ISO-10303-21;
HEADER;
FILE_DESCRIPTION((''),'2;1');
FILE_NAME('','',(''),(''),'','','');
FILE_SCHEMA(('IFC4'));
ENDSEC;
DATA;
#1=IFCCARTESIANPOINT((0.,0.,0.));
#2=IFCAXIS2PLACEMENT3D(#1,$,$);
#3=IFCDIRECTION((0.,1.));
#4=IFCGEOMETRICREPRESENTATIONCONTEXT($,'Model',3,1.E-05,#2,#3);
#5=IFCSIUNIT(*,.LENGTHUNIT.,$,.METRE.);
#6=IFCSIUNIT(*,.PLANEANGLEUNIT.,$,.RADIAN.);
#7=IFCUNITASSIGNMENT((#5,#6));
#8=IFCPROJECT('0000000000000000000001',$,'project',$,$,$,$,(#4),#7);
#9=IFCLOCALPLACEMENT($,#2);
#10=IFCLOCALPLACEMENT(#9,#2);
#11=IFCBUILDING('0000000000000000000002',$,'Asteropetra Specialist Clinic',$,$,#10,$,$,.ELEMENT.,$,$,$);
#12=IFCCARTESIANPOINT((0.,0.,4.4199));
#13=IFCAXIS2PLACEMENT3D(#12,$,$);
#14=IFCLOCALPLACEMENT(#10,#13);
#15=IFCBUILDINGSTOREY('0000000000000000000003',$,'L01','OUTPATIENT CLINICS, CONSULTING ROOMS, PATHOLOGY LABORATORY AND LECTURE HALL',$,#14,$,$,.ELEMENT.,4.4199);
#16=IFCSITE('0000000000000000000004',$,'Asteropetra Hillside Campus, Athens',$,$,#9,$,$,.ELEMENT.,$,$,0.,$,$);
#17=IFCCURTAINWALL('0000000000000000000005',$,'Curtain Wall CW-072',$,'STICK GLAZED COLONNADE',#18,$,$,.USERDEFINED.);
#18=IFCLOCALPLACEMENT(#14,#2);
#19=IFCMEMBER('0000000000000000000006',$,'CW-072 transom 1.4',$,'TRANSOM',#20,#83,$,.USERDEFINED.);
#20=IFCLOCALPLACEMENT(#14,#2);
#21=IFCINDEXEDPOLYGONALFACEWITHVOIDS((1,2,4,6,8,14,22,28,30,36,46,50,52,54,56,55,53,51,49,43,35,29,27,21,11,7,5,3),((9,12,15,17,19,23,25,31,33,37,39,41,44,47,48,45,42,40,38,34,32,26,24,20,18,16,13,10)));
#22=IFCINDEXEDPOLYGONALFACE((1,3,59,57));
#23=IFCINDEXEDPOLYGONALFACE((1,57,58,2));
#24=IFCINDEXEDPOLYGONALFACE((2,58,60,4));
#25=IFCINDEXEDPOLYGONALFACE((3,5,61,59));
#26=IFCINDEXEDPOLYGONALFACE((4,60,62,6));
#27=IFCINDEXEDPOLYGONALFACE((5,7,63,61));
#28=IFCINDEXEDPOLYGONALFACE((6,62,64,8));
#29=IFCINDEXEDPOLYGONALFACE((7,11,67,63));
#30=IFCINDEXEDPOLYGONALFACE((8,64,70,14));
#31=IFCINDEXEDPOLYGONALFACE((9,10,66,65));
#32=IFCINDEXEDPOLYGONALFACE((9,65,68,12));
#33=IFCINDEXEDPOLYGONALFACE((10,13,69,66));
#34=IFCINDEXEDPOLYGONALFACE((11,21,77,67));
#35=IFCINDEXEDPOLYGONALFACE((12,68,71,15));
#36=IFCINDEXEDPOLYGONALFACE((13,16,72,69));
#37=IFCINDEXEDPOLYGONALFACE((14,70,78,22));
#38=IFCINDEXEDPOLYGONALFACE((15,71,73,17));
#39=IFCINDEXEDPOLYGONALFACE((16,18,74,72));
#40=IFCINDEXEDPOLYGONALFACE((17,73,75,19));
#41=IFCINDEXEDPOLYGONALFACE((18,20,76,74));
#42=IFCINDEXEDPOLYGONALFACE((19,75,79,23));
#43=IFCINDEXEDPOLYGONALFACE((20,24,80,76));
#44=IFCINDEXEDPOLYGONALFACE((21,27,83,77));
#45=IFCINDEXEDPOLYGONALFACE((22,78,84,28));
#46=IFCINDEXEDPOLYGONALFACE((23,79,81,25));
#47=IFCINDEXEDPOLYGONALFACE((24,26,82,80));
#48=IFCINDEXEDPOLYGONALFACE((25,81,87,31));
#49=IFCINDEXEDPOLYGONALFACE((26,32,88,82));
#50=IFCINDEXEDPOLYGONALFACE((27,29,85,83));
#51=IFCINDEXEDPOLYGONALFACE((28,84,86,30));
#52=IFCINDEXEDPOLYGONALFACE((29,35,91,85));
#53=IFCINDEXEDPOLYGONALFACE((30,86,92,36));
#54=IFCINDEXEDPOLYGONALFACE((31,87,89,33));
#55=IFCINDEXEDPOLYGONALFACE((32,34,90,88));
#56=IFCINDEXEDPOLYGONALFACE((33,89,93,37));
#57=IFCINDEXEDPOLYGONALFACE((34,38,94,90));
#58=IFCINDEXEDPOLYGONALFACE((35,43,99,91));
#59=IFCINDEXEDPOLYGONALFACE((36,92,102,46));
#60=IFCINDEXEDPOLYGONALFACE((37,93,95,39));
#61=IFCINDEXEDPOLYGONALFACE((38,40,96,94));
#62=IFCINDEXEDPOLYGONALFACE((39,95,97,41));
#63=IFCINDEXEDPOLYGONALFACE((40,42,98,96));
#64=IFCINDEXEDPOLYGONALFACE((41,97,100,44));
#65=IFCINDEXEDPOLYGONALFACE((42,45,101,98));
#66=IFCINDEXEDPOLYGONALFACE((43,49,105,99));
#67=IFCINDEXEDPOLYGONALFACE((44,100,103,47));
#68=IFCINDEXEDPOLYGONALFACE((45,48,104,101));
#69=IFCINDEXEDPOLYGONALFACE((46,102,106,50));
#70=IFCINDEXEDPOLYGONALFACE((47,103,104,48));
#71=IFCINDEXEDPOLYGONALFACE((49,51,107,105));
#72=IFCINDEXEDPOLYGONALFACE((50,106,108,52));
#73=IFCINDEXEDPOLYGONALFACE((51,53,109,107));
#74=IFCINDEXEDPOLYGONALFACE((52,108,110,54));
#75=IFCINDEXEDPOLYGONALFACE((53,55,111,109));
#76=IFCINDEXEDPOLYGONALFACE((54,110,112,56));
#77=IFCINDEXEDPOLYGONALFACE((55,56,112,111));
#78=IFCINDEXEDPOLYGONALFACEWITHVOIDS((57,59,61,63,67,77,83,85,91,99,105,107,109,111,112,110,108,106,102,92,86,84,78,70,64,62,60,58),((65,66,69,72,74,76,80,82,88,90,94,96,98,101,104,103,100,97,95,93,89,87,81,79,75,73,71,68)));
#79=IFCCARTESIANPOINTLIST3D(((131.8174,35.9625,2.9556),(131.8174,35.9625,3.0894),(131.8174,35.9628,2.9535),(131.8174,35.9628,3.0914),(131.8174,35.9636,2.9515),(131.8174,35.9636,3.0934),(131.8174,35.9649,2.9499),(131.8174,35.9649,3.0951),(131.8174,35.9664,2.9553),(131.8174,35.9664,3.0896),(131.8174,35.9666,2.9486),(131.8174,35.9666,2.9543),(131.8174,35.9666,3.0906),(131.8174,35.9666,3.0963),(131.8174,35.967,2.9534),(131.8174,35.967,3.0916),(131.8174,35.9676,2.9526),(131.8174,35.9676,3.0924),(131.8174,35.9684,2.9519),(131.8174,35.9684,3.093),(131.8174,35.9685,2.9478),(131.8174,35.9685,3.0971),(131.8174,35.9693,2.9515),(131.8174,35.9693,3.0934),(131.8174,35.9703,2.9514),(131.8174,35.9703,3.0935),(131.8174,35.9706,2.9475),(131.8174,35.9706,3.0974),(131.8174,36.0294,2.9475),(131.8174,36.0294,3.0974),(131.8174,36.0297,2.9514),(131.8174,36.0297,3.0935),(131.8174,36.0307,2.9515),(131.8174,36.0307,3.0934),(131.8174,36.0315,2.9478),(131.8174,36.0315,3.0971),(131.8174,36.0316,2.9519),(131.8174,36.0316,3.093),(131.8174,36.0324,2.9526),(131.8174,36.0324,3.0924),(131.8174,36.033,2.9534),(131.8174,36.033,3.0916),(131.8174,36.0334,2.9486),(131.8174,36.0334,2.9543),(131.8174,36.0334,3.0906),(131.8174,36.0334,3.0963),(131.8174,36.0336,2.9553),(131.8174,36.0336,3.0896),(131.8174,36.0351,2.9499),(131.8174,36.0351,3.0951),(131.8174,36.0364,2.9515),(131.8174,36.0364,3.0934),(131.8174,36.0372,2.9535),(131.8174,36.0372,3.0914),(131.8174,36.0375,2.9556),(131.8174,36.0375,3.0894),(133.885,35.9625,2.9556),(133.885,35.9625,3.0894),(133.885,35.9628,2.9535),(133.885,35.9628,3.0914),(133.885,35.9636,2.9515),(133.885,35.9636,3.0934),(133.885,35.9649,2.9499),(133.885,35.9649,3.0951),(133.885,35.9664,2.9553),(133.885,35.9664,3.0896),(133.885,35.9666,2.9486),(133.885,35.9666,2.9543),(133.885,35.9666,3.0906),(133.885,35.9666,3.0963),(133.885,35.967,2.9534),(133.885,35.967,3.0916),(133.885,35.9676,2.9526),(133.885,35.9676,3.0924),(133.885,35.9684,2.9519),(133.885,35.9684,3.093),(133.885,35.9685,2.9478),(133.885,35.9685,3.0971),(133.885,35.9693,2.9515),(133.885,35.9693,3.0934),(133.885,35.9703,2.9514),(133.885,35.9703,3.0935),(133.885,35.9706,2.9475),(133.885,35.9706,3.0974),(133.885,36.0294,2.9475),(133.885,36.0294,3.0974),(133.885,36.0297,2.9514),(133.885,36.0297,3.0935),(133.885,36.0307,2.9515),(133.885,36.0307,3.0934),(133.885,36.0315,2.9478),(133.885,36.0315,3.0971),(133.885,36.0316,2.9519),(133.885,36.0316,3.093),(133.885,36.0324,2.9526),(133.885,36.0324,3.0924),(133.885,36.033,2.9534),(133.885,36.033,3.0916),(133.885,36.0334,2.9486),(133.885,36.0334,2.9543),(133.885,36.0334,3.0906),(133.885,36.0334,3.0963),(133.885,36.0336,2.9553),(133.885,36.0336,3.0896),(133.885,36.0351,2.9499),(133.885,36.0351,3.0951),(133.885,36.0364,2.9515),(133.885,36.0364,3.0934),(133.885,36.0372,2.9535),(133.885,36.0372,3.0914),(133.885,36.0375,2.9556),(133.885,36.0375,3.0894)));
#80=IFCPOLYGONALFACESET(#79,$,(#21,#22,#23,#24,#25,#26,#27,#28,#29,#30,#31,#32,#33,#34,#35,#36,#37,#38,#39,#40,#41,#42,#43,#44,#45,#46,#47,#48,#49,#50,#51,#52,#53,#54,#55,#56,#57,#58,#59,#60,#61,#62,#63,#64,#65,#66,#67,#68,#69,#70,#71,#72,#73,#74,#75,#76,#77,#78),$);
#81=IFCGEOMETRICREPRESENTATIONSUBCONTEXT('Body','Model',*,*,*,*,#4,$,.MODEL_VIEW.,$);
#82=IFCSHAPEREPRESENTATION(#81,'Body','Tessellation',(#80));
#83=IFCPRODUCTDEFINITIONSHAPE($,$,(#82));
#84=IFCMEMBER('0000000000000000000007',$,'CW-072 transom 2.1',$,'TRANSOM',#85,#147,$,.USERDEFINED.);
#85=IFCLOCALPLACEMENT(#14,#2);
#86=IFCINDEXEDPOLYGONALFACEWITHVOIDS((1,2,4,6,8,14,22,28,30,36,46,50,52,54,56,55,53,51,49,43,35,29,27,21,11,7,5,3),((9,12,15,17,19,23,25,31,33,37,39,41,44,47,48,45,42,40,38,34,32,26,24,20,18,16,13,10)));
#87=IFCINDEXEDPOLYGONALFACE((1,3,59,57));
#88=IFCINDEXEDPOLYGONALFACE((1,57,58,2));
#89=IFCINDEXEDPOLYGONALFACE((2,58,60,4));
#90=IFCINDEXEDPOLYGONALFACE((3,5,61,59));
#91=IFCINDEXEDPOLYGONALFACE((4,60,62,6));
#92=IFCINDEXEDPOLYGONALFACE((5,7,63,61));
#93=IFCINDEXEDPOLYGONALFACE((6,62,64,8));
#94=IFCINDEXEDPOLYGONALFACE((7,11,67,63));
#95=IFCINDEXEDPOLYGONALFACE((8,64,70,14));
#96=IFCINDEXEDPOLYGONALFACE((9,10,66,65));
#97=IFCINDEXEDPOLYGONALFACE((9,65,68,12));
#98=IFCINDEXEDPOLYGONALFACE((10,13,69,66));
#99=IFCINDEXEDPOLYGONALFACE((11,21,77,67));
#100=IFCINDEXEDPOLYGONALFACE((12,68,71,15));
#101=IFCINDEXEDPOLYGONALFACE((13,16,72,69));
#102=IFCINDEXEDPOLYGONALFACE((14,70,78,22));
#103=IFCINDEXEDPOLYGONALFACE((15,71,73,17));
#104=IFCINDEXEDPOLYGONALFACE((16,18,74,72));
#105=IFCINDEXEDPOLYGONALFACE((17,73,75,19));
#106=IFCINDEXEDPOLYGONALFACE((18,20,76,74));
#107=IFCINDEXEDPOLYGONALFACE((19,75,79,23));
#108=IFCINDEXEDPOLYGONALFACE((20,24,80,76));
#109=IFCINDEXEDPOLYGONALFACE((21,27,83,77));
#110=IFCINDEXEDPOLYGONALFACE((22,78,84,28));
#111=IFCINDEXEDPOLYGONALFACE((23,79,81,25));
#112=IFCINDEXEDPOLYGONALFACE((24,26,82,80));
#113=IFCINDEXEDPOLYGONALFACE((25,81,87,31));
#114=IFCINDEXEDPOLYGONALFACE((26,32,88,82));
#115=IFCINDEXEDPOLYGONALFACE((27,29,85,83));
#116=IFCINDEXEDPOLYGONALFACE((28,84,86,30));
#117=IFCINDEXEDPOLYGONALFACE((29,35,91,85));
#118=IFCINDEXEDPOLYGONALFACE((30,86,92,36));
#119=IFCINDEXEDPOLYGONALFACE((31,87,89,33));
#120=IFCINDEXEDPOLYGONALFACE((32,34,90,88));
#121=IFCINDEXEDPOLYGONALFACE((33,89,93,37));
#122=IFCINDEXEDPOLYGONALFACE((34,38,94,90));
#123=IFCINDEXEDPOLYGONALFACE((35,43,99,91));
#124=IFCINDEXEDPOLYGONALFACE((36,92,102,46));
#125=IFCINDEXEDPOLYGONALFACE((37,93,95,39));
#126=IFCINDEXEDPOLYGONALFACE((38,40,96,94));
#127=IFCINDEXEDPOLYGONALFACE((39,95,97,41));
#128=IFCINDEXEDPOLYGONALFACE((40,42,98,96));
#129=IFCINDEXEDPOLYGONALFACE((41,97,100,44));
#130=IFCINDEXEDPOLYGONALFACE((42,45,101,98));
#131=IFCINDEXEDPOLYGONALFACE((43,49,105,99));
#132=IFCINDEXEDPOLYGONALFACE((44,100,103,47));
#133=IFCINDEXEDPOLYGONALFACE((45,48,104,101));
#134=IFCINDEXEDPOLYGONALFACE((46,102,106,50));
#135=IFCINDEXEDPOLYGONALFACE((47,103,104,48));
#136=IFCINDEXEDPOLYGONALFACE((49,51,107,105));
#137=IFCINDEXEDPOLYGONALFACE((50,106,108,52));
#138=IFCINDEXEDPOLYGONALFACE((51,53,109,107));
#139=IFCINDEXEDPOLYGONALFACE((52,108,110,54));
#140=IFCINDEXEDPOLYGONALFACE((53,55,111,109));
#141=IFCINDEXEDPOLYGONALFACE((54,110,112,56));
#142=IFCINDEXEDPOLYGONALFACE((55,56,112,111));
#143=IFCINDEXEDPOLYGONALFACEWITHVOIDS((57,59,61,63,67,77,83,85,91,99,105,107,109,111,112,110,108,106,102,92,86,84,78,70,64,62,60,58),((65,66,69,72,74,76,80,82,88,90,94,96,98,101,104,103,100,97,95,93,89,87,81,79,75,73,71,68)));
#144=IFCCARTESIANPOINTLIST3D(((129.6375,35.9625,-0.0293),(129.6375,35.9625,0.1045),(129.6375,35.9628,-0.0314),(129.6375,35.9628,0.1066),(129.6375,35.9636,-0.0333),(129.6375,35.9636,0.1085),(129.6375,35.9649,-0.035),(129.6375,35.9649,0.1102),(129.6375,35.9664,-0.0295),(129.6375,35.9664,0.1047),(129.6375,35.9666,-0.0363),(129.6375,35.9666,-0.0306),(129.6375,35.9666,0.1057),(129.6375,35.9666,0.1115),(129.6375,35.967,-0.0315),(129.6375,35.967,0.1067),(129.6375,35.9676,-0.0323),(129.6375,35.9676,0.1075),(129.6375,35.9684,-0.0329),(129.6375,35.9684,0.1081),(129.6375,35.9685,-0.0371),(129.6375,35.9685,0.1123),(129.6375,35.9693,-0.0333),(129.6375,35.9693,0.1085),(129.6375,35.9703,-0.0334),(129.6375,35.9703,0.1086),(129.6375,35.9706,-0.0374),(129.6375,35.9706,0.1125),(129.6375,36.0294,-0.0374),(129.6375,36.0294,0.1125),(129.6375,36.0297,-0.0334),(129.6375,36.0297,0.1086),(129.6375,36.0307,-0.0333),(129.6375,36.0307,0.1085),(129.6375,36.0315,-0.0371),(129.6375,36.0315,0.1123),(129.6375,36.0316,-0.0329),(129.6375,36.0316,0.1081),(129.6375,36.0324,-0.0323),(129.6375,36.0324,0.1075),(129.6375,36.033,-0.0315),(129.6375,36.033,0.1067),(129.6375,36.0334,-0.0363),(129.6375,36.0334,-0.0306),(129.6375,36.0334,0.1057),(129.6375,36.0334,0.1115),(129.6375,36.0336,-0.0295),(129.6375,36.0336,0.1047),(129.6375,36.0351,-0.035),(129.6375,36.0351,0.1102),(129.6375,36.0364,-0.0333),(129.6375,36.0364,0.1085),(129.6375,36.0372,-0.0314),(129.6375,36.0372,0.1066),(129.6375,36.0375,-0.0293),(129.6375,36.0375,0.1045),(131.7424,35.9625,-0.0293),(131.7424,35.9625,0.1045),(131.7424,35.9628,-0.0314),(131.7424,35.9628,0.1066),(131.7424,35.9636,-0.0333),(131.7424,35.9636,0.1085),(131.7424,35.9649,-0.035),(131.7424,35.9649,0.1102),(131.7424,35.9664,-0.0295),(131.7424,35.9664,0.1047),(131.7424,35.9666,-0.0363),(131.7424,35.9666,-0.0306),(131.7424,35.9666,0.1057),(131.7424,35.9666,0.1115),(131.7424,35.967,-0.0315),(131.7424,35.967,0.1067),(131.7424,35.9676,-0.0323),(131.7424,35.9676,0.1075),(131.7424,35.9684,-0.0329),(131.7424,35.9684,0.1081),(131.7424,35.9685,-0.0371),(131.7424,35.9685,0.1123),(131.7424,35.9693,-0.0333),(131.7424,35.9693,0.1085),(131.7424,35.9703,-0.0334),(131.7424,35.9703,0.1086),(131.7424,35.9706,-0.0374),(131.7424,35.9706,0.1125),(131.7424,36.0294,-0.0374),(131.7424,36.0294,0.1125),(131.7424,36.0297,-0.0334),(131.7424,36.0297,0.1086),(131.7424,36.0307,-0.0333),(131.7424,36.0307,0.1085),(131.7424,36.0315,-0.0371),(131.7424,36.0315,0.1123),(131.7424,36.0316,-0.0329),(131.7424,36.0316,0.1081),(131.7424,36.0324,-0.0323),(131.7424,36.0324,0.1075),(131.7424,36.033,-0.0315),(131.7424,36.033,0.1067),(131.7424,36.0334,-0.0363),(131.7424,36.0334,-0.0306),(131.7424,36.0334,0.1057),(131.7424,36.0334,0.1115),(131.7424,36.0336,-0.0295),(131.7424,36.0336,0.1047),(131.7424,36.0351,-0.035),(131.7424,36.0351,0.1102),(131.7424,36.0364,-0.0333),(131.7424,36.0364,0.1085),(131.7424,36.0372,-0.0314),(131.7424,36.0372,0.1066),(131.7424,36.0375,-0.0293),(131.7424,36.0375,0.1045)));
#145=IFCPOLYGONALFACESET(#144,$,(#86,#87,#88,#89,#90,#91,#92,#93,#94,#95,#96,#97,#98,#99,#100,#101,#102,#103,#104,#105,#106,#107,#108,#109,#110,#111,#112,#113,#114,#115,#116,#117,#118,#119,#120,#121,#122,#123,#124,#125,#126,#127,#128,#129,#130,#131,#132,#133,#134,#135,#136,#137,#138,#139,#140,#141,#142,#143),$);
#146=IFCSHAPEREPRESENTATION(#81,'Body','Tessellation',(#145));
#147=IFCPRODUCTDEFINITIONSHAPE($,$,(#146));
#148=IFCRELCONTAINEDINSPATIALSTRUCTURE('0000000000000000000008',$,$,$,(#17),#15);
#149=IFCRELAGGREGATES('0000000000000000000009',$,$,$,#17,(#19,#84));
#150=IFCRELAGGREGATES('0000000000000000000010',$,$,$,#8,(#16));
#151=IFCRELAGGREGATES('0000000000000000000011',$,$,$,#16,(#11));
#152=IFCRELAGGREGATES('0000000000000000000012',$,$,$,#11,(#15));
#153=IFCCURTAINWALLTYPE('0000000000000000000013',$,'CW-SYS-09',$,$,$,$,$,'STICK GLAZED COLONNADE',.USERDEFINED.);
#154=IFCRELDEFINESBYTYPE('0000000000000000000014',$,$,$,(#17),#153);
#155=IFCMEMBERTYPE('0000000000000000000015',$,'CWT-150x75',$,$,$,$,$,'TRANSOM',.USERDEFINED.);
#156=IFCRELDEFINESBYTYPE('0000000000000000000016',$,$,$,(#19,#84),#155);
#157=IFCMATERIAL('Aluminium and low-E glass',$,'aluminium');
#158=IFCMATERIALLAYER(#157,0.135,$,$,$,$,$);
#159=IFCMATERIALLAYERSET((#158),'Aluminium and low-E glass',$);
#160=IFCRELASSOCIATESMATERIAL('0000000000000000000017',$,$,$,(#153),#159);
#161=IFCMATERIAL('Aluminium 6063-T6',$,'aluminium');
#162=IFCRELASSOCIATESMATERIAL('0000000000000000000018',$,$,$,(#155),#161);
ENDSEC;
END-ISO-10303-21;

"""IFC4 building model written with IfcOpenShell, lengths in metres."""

from ifc_helpers import new_model, si_unit, direction, frame, origin, origin_2d, place, context, subcontext, project, spatial, hollow_rectangle, extrude, material, layer, layer_set, material_profile, profile_set, type_object, element, aggregate, save


model = new_model("IFC4")

# Units and contexts
model_context = context("Model", 3, precision=1e-05, world=origin(), true_north=direction((0.0, 1.0)))
body_context = subcontext(model_context, "Body", "Model", "MODEL_VIEW")
ifc_project = project(units=[si_unit("LENGTHUNIT", "METRE"), si_unit("PLANEANGLEUNIT", "RADIAN")], contexts=[model_context])

# Site, building, storey
site_placement = place(None, origin())
site = spatial("IfcSite", under=ifc_project, at=site_placement, Name="Asteropetra Hillside Campus, Athens", CompositionType="ELEMENT", RefElevation=0.0)
building_placement = place(site_placement, origin())
building = spatial("IfcBuilding", under=site, at=building_placement, Name="Asteropetra Specialist Clinic", CompositionType="ELEMENT")
storey_placement = place(building_placement, frame((0.0, 0.0, 4.4199)))
storey = spatial("IfcBuildingStorey", under=building, at=storey_placement, Name="L01", Description="OUTPATIENT CLINICS, CONSULTING ROOMS, PATHOLOGY LABORATORY AND LECTURE HALL", CompositionType="ELEMENT", Elevation=4.4199)

# Curtain wall, members
ifc_material_1 = material(Name="Aluminium and low-E glass", Category="aluminium")
ifc_layer_1 = layer(ifc_material_1, 0.135)
ifc_layer_set_1 = layer_set([ifc_layer_1], Name="Aluminium and low-E glass")
curtain_wall_type = type_object("IfcCurtainWallType", Name="CW-SYS-09", ElementType="STICK GLAZED COLONNADE", PredefinedType="USERDEFINED", material=ifc_layer_set_1)
curtain_wall_placement = place(storey_placement, origin())
curtain_wall = element("IfcCurtainWall", 1, at=curtain_wall_placement, inside=storey, type_object=curtain_wall_type, Name="Curtain Wall CW-072", ObjectType="STICK GLAZED COLONNADE", PredefinedType="USERDEFINED")
ifc_material_2 = material(Name="Aluminium 6063-T6", Category="aluminium")
ifc_material_profile_1 = material_profile(ifc_material_2, hollow_rectangle(XDim=0.075, YDim=0.1499, WallThickness=0.0039, InnerFilletRadius=0.0039, OuterFilletRadius=0.0081, at=origin_2d()), Name="TRN 150x75x4.0")
ifc_profile_set_1 = profile_set([ifc_material_profile_1], Name="Aluminium 6063-T6")
member_type_1 = type_object("IfcMemberType", Name="CWT-150x75", ElementType="TRANSOM", PredefinedType="USERDEFINED", material=ifc_profile_set_1)
member_1_placement = place(storey_placement, frame((133.885, 36.0, 3.0225), z_axis=(-1.0, 0.0, 0.0), x_axis=(0.0, -1.0, 0.0)))
member_1 = element("IfcMember", 2, at=member_1_placement, type_object=member_type_1, Name="CW-072 transom 1.4", ObjectType="TRANSOM", PredefinedType="USERDEFINED", context=body_context, shape_type="SweptSolid", body=[
    extrude(hollow_rectangle(XDim=0.075, YDim=0.1499, WallThickness=0.0039, InnerFilletRadius=0.0039, OuterFilletRadius=0.0081, at=origin_2d()), origin(), (0.0, 0.0, 1.0), 2.0676),
])
member_2_placement = place(storey_placement, frame((131.7424, 36.0, 0.0376), z_axis=(-1.0, 0.0, 0.0), x_axis=(0.0, -1.0, 0.0)))
member_2 = element("IfcMember", 3, at=member_2_placement, type_object=member_type_1, Name="CW-072 transom 2.1", ObjectType="TRANSOM", PredefinedType="USERDEFINED", context=body_context, shape_type="SweptSolid", body=[
    extrude(hollow_rectangle(XDim=0.075, YDim=0.1499, WallThickness=0.0039, InnerFilletRadius=0.0039, OuterFilletRadius=0.0081, at=origin_2d()), origin(), (0.0, 0.0, 1.0), 2.105),
])
aggregate(curtain_wall, [member_1, member_2])

save(model, "model.ifc")
